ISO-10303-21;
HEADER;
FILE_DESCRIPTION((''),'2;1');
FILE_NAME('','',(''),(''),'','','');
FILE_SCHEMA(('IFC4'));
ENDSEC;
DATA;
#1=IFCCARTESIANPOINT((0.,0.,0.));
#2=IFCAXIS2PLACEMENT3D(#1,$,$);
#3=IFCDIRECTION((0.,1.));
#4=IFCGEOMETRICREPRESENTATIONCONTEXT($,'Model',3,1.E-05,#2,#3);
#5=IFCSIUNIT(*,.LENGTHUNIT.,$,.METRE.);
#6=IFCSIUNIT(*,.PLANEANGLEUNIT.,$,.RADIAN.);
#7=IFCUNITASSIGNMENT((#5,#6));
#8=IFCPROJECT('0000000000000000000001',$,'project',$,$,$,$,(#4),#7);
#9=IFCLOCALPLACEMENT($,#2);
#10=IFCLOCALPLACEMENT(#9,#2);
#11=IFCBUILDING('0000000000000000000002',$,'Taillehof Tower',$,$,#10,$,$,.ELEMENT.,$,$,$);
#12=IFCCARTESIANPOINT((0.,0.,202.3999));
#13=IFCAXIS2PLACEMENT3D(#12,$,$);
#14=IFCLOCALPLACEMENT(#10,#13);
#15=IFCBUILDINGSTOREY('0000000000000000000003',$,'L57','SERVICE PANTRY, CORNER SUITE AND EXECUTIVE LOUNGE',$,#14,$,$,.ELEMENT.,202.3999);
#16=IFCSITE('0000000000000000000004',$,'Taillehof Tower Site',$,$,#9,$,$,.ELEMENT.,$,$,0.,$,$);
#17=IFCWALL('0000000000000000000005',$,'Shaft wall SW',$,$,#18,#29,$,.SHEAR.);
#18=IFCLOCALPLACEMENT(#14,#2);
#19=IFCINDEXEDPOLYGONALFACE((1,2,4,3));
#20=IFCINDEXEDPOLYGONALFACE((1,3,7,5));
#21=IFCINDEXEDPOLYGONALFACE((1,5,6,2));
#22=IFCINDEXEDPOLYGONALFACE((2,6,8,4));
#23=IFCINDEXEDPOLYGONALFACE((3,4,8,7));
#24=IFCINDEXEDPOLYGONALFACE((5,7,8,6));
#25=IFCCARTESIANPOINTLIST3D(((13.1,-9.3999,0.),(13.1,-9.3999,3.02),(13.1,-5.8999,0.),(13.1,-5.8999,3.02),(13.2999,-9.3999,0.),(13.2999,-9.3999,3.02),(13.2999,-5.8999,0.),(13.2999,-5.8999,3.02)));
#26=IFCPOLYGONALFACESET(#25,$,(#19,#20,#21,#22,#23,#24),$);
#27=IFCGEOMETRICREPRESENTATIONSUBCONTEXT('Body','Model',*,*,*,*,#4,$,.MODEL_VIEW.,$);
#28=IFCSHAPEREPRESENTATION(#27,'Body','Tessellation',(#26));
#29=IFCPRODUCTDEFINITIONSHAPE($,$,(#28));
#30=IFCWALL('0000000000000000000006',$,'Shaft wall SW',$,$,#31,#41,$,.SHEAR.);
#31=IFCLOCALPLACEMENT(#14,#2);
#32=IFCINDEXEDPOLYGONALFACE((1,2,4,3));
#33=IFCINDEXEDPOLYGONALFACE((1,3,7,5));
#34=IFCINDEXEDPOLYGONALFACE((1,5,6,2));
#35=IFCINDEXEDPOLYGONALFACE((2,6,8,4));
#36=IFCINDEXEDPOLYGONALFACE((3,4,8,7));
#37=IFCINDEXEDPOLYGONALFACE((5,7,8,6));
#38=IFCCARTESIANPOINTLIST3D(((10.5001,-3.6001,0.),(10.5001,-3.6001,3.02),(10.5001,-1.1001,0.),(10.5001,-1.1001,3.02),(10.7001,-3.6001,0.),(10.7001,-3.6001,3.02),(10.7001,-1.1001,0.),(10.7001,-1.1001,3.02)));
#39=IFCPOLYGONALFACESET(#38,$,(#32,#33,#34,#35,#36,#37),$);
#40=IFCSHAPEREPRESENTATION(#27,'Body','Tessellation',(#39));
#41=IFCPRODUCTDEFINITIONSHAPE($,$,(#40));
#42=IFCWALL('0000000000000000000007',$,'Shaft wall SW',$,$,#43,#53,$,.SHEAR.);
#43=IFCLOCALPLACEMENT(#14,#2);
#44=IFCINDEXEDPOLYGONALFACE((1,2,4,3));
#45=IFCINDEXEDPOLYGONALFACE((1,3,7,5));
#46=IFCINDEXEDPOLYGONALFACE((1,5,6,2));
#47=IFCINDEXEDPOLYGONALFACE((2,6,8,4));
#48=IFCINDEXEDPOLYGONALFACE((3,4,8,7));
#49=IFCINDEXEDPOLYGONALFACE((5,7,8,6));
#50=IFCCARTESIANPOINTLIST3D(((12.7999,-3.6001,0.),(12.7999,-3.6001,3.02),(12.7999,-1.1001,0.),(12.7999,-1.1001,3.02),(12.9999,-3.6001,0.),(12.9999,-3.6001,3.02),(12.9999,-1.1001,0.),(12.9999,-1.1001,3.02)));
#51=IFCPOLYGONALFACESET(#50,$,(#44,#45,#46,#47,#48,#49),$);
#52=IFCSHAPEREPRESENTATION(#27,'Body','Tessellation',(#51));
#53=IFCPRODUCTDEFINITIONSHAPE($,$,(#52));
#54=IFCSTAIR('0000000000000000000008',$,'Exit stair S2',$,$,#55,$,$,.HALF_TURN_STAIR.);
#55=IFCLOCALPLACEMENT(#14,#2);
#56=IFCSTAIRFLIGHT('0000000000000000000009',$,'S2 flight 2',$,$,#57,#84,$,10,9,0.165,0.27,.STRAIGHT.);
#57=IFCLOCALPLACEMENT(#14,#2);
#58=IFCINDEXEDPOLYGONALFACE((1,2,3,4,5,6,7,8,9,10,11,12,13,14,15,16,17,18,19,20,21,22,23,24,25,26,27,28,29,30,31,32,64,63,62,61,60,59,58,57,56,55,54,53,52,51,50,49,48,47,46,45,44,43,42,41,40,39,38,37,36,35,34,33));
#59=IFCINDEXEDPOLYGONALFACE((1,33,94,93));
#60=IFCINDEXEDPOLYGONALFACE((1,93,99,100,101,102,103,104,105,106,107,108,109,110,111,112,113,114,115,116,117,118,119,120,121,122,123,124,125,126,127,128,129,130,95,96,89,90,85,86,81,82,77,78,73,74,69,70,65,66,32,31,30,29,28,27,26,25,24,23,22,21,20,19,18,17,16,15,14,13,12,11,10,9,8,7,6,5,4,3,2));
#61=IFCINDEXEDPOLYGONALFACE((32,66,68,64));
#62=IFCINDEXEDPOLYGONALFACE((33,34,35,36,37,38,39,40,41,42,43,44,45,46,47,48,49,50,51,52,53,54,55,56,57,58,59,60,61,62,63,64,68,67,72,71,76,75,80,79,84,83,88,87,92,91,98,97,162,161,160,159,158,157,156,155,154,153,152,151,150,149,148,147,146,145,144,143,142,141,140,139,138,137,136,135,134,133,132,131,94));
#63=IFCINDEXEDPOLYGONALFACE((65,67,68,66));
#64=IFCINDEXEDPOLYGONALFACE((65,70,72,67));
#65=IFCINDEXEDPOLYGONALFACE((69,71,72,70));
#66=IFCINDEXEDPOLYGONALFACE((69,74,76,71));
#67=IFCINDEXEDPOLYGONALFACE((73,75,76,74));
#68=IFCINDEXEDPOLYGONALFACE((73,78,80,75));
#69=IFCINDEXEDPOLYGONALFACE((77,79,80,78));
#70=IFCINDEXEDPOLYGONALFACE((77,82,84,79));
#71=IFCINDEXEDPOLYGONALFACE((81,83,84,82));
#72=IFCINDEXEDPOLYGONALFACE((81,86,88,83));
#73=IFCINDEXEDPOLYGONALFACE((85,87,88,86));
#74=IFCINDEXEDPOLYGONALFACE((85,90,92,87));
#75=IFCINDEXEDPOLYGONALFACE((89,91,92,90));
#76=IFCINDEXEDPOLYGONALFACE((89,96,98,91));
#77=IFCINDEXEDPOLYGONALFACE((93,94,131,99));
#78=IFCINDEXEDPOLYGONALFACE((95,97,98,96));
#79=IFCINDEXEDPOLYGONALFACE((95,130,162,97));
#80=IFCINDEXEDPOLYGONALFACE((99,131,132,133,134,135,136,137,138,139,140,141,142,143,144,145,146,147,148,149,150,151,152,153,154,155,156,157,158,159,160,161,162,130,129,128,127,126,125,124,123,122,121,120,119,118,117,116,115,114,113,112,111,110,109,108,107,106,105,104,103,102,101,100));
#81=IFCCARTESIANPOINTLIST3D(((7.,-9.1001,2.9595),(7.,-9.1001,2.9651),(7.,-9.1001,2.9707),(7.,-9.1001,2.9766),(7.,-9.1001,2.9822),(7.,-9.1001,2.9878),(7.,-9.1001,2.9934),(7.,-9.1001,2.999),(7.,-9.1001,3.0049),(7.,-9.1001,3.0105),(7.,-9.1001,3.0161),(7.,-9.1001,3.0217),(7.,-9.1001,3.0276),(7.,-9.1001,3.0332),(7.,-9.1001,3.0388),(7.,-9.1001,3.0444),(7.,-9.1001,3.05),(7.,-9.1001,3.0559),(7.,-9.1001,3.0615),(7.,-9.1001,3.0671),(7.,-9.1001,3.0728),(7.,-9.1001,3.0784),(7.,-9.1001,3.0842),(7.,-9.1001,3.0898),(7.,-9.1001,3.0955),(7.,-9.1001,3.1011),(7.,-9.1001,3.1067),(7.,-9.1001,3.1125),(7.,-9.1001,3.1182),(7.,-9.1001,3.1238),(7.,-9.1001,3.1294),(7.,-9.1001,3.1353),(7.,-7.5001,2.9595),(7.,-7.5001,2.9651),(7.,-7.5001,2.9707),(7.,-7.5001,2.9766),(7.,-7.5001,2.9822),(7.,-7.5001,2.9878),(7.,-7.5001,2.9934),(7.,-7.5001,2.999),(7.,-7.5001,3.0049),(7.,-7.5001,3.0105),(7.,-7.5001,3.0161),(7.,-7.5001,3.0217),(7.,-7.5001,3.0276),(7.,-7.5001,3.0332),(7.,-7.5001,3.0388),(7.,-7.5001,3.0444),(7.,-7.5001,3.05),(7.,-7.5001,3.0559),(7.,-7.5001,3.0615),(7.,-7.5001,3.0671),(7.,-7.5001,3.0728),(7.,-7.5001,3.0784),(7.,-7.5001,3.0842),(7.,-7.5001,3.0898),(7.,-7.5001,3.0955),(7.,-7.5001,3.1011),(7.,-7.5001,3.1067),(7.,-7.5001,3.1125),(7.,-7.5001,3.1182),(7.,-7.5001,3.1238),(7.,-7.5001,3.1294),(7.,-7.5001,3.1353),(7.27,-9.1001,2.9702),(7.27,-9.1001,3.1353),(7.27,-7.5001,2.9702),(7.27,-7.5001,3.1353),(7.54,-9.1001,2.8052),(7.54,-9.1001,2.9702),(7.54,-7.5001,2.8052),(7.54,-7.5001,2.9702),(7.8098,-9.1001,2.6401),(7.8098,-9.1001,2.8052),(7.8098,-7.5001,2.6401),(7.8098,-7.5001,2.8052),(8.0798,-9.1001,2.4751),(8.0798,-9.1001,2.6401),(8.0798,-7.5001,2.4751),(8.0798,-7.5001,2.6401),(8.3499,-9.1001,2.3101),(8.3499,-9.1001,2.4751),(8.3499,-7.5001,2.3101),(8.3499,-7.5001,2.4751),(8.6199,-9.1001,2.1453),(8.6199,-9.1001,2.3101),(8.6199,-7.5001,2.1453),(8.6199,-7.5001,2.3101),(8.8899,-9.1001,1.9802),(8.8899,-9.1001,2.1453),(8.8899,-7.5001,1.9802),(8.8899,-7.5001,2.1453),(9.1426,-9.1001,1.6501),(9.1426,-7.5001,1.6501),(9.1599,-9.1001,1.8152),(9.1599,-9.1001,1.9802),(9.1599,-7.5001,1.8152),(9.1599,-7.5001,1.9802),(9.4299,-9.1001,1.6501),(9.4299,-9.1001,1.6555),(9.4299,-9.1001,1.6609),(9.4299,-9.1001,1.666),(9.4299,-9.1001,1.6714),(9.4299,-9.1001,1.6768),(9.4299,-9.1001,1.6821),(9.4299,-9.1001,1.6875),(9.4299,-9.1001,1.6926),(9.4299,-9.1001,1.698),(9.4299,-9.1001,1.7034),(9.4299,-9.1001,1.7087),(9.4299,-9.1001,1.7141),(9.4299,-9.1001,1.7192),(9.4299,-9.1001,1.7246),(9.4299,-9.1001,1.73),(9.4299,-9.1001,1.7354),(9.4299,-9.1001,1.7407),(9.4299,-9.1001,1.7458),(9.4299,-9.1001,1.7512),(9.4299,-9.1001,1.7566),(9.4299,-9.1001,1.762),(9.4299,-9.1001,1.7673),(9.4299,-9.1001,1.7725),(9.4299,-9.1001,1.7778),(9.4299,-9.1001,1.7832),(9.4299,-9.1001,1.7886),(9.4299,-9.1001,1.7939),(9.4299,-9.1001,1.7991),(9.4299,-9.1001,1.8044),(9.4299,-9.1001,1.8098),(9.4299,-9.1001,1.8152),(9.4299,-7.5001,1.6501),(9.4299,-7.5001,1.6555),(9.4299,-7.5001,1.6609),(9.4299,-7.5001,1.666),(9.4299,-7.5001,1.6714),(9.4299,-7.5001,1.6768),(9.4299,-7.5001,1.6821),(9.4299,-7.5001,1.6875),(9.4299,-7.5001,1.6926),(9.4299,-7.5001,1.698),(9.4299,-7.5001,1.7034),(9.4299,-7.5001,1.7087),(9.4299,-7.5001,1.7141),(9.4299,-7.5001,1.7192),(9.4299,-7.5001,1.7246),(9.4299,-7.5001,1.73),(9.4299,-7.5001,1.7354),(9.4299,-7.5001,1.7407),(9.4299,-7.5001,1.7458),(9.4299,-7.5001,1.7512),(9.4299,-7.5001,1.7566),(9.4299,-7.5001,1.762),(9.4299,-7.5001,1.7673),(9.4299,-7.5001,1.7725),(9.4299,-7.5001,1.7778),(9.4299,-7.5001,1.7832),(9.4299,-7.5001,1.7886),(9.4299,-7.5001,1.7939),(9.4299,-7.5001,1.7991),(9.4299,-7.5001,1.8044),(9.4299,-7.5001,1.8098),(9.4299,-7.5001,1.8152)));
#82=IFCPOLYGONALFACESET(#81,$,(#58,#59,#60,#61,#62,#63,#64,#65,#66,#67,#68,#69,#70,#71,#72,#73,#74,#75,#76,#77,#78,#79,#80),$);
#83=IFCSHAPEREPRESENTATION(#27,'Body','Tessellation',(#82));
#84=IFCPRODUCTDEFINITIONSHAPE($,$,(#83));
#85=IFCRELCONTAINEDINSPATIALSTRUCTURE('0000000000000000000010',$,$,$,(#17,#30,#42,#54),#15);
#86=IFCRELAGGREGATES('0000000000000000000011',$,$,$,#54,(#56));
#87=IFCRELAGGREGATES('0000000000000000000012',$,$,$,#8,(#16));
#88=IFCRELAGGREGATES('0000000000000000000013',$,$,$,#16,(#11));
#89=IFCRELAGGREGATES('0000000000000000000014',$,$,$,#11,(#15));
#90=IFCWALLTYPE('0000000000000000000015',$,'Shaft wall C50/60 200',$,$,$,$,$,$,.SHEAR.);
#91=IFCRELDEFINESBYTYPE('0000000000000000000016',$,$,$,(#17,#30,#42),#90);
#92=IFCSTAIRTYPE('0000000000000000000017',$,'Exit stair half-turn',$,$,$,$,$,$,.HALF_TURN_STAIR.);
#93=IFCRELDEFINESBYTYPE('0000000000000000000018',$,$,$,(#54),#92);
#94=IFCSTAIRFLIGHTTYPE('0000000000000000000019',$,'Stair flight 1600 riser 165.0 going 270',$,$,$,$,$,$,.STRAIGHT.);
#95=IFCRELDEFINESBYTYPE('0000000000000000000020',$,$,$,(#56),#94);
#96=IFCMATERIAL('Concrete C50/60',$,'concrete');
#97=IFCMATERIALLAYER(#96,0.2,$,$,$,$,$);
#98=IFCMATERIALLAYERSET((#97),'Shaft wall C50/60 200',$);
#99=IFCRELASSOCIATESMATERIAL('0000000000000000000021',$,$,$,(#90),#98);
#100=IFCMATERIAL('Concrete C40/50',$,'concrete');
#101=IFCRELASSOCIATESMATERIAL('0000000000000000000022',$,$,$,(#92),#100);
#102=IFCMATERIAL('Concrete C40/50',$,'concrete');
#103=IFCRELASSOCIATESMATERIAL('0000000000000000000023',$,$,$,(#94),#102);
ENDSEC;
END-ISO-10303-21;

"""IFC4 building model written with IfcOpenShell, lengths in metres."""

from ifc_helpers import new_model, si_unit, direction, frame, frame_2d, origin, place, context, subcontext, project, spatial, polyline, rectangle, outline, extrude, material, layer, layer_set, type_object, element, aggregate, save


model = new_model("IFC4")

# Units and contexts
model_context = context("Model", 3, precision=1e-05, world=origin(), true_north=direction((0.0, 1.0)))
body_context = subcontext(model_context, "Body", "Model", "MODEL_VIEW")
ifc_project = project(units=[si_unit("LENGTHUNIT", "METRE"), si_unit("PLANEANGLEUNIT", "RADIAN")], contexts=[model_context])

# Site, building, storey
site_placement = place(None, origin())
site = spatial("IfcSite", under=ifc_project, at=site_placement, Name="Taillehof Tower Site", CompositionType="ELEMENT", RefElevation=0.0)
building_placement = place(site_placement, origin())
building = spatial("IfcBuilding", under=site, at=building_placement, Name="Taillehof Tower", CompositionType="ELEMENT")
storey_placement = place(building_placement, frame((0.0, 0.0, 202.3999)))
storey = spatial("IfcBuildingStorey", under=building, at=storey_placement, Name="L57", Description="SERVICE PANTRY, CORNER SUITE AND EXECUTIVE LOUNGE", CompositionType="ELEMENT", Elevation=202.3999)

# Walls
ifc_material_1 = material(Name="Concrete C50/60", Category="concrete")
ifc_layer_1 = layer(ifc_material_1, 0.2)
ifc_layer_set_1 = layer_set([ifc_layer_1], Name="Shaft wall C50/60 200")
wall_type_1 = type_object("IfcWallType", Name="Shaft wall C50/60 200", PredefinedType="SHEAR", material=ifc_layer_set_1)
for number, where, z_axis, x_axis, name in (
    (1, (13.2, -9.3999, 0.0), (0.0, 0.0, 1.0), (0.0, 1.0, 0.0), "Shaft wall SW"),
):
    element("IfcWall", number, at=place(storey_placement, frame(where, z_axis=z_axis, x_axis=x_axis)), inside=storey, type_object=wall_type_1, Name=name, PredefinedType="SHEAR", context=body_context, shape_type="SweptSolid", body=[
        extrude(rectangle(XDim=3.5, YDim=0.2, at=frame_2d((1.75, 0.0))), origin(), (0.0, 0.0, 1.0), 3.02),
    ])
for number, where, z_axis, x_axis, name in (
    (2, (10.6001, -3.6001, 0.0), (0.0, 0.0, 1.0), (0.0, 1.0, 0.0), "Shaft wall SW"),
    (3, (12.8999, -3.6001, 0.0), (0.0, 0.0, 1.0), (0.0, 1.0, 0.0), "Shaft wall SW"),
):
    element("IfcWall", number, at=place(storey_placement, frame(where, z_axis=z_axis, x_axis=x_axis)), inside=storey, type_object=wall_type_1, Name=name, PredefinedType="SHEAR", context=body_context, shape_type="SweptSolid", body=[
        extrude(rectangle(XDim=2.5, YDim=0.2, at=frame_2d((1.25, 0.0))), origin(), (0.0, 0.0, 1.0), 3.02),
    ])

# Stair, stair flight
ifc_material_2 = material(Name="Concrete C40/50", Category="concrete")
stair_type = type_object("IfcStairType", Name="Exit stair half-turn", PredefinedType="HALF_TURN_STAIR", material=ifc_material_2)
stair_placement = place(storey_placement, origin())
stair = element("IfcStair", 4, at=stair_placement, inside=storey, type_object=stair_type, Name="Exit stair S2", PredefinedType="HALF_TURN_STAIR")
ifc_material_3 = material(Name="Concrete C40/50", Category="concrete")
stair_flight_type = type_object("IfcStairFlightType", Name="Stair flight 1600 riser 165.0 going 270", PredefinedType="STRAIGHT", material=ifc_material_3)
stair_flight_placement = place(storey_placement, frame((9.4299, -8.3, 1.6501), z_axis=(0.0, 0.0, 1.0), x_axis=(-1.0, 0.0, 0.0)))
stair_flight = element("IfcStairFlight", 5, at=stair_flight_placement, type_object=stair_flight_type, Name="S2 flight 2", NumberOfRisers=10, NumberOfTreads=9, PredefinedType="STRAIGHT", RiserHeight=0.165, TreadLength=0.27, context=body_context, shape_type="SweptSolid", body=[
    extrude(outline(polyline([(0.0, 0.0), (0.0, 0.0054), (0.0, 0.0107), (0.0, 0.0159), (0.0, 0.0212), (0.0, 0.0266), (0.0, 0.032), (0.0, 0.0374), (0.0, 0.0425), (0.0, 0.0479), (0.0, 0.0532), (0.0, 0.0586), (0.0, 0.064), (0.0, 0.0691), (0.0, 0.0745), (0.0, 0.0798), (0.0, 0.0852), (0.0, 0.0906), (0.0, 0.0957), (0.0, 0.1011), (0.0, 0.1064), (0.0, 0.1118), (0.0, 0.1172), (0.0, 0.1223), (0.0, 0.1277), (0.0, 0.1331), (0.0, 0.1384), (0.0, 0.1438), (0.0, 0.1489), (0.0, 0.1543), (0.0, 0.1597), (0.0, 0.165), (0.27, 0.165), (0.27, 0.3301), (0.54, 0.3301), (0.54, 0.4951), (0.8101, 0.4951), (0.8101, 0.6599), (1.0801, 0.6599), (1.0801, 0.825), (1.3501, 0.825), (1.3501, 0.99), (1.6201, 0.99), (1.6201, 1.155), (1.8899, 1.155), (1.8899, 1.3201), (2.1599, 1.3201), (2.1599, 1.4851), (2.4299, 1.4851), (2.4299, 1.4792), (2.4299, 1.4736), (2.4299, 1.468), (2.4299, 1.4624), (2.4299, 1.4565), (2.4299, 1.4509), (2.4299, 1.4453), (2.4299, 1.4397), (2.4299, 1.4341), (2.4299, 1.4282), (2.4299, 1.4226), (2.4299, 1.417), (2.4299, 1.4114), (2.4299, 1.4058), (2.4299, 1.3999), (2.4299, 1.3943), (2.4299, 1.3887), (2.4299, 1.3831), (2.4299, 1.3774), (2.4299, 1.3716), (2.4299, 1.366), (2.4299, 1.3604), (2.4299, 1.3547), (2.4299, 1.3489), (2.4299, 1.3433), (2.4299, 1.3376), (2.4299, 1.332), (2.4299, 1.3264), (2.4299, 1.3206), (2.4299, 1.3149), (2.4299, 1.3093), (0.2874, 0.0), (0.0, 0.0)])), frame((0.0, 0.8, 0.0), z_axis=(0.0, -1.0, 0.0), x_axis=(1.0, 0.0, 0.0)), (0.0, 0.0, 1.0), 1.6),
])
aggregate(stair, [stair_flight])

save(model, "model.ifc")
